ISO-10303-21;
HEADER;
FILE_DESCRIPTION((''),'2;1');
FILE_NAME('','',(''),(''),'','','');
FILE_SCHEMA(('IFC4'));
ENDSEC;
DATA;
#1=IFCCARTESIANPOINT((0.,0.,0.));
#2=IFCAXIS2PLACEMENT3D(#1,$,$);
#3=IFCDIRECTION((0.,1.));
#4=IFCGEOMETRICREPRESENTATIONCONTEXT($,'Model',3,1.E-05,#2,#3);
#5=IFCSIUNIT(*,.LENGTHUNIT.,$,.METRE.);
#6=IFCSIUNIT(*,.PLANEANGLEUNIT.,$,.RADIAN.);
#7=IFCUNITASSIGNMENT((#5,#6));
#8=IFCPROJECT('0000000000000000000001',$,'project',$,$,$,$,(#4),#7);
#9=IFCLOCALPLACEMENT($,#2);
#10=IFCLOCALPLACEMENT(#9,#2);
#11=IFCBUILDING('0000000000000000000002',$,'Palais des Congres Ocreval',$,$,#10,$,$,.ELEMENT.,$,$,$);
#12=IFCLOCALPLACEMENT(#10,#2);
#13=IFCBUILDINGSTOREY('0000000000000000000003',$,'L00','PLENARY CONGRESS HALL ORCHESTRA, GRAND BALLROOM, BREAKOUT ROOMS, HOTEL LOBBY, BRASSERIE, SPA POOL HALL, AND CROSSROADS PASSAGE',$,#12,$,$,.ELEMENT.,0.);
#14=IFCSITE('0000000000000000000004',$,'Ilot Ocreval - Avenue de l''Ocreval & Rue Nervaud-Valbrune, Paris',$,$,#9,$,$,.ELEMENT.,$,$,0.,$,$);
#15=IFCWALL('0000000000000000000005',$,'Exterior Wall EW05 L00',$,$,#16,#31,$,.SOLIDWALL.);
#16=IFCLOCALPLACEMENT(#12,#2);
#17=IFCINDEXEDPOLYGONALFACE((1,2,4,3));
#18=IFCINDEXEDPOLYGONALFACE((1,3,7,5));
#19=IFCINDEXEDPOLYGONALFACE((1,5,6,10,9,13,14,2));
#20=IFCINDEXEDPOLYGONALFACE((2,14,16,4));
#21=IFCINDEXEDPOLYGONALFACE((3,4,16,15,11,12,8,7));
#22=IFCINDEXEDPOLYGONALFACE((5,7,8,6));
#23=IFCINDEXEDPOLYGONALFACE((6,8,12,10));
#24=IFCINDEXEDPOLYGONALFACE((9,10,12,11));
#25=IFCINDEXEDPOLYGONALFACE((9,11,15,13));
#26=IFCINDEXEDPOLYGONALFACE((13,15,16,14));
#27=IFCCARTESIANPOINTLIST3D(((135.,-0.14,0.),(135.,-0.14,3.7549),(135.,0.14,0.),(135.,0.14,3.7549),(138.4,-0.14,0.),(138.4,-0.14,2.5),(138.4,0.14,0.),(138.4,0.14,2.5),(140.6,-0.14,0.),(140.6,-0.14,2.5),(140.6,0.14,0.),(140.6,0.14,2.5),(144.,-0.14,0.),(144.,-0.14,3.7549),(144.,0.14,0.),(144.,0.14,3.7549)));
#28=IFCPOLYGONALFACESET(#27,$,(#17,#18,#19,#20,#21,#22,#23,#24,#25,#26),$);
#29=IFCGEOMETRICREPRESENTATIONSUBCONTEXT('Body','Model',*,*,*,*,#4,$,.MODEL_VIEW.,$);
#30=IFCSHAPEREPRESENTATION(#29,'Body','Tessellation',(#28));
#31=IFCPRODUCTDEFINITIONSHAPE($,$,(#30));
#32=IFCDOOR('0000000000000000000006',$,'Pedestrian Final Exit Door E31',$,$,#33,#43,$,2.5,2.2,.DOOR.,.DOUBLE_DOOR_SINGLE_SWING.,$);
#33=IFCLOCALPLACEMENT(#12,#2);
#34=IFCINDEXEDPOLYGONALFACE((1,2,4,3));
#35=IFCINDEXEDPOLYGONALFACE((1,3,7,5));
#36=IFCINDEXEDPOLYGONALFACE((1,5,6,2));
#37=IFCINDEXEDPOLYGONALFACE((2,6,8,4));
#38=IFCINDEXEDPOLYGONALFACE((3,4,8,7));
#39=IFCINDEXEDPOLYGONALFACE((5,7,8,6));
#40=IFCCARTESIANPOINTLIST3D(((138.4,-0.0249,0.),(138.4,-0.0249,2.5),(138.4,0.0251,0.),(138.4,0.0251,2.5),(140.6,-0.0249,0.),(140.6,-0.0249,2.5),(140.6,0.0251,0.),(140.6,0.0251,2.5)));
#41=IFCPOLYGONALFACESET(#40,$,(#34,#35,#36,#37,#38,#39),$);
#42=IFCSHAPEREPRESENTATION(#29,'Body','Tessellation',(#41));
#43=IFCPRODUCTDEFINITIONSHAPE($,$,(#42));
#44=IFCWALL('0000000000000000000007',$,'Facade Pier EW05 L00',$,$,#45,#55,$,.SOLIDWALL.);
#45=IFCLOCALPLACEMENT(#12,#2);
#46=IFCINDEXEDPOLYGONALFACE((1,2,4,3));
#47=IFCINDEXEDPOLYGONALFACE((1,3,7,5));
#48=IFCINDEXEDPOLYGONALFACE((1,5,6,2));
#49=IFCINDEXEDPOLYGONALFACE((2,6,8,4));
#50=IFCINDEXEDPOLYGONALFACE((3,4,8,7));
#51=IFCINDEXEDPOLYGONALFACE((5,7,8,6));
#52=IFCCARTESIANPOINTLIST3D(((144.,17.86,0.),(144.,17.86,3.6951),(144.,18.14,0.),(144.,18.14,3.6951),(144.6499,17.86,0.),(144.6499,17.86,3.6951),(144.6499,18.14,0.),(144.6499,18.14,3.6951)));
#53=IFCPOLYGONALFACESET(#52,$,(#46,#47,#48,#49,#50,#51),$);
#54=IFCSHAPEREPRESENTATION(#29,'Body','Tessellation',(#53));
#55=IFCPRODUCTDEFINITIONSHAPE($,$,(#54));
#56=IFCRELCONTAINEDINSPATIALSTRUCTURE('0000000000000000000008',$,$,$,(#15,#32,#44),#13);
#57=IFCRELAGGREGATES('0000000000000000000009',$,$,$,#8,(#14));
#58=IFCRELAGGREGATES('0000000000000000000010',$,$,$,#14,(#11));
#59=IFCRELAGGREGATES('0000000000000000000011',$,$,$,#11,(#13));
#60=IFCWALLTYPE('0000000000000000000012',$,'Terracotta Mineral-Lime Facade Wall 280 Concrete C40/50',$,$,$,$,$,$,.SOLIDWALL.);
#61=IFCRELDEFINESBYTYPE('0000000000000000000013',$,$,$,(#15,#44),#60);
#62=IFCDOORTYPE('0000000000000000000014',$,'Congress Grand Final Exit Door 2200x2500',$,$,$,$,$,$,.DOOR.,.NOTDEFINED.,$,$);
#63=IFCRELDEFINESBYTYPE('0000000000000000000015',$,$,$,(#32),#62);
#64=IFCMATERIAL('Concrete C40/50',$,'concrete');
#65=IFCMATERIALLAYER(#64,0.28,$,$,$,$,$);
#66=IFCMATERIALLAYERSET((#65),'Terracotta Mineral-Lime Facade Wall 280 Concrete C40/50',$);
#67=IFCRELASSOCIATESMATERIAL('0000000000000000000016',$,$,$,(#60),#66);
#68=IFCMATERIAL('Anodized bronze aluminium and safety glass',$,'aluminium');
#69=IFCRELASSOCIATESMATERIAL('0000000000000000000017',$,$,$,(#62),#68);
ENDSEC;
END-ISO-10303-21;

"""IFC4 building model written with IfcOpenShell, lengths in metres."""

from ifc_helpers import new_model, si_unit, direction, frame, frame_2d, origin, place, context, subcontext, project, spatial, rectangle, extrude, material, layer, layer_set, type_object, element, fill, save


model = new_model("IFC4")

# Units and contexts
model_context = context("Model", 3, precision=1e-05, world=origin(), true_north=direction((0.0, 1.0)))
body_context = subcontext(model_context, "Body", "Model", "MODEL_VIEW")
ifc_project = project(units=[si_unit("LENGTHUNIT", "METRE"), si_unit("PLANEANGLEUNIT", "RADIAN")], contexts=[model_context])

# Site, building, storey
site_placement = place(None, origin())
site = spatial("IfcSite", under=ifc_project, at=site_placement, Name="Ilot Ocreval - Avenue de l'Ocreval & Rue Nervaud-Valbrune, Paris", CompositionType="ELEMENT", RefElevation=0.0)
building_placement = place(site_placement, origin())
building = spatial("IfcBuilding", under=site, at=building_placement, Name="Palais des Congres Ocreval", CompositionType="ELEMENT")
storey_placement = place(building_placement, origin())
storey = spatial("IfcBuildingStorey", under=building, at=storey_placement, Name="L00", Description="PLENARY CONGRESS HALL ORCHESTRA, GRAND BALLROOM, BREAKOUT ROOMS, HOTEL LOBBY, BRASSERIE, SPA POOL HALL, AND CROSSROADS PASSAGE", CompositionType="ELEMENT", Elevation=0.0)

# Shared definitions
ifc_material_1 = material(Name="Concrete C40/50", Category="concrete")
ifc_layer_1 = layer(ifc_material_1, 0.28)
ifc_layer_set_1 = layer_set([ifc_layer_1], Name="Terracotta Mineral-Lime Facade Wall 280 Concrete C40/50")
wall_type_1 = type_object("IfcWallType", Name="Terracotta Mineral-Lime Facade Wall 280 Concrete C40/50", PredefinedType="SOLIDWALL", material=ifc_layer_set_1)

# Wall, opening, door
wall_1_placement = place(storey_placement, frame((144.0, 0.0, 0.0), z_axis=(0.0, 0.0, 1.0), x_axis=(-1.0, 0.0, 0.0)))
wall_1 = element("IfcWall", 1, at=wall_1_placement, inside=storey, type_object=wall_type_1, Name="Exterior Wall EW05 L00", PredefinedType="SOLIDWALL", context=body_context, shape_type="SweptSolid", body=[
    extrude(rectangle(XDim=9.0, YDim=0.28, at=frame_2d((4.5, 0.0))), origin(), (0.0, 0.0, 1.0), 3.7549),
])
opening_1_placement = place(wall_1_placement, frame((3.3999, 0.0, 0.0)))
opening_1 = element("IfcOpeningElement", 2, at=opening_1_placement, cuts=wall_1, PredefinedType="OPENING", context=body_context, shape_type="SweptSolid", body=[
    extrude(rectangle(XDim=2.2, YDim=2.5, at=frame_2d((1.1001, 1.25))), frame((0.0, 0.1499, 0.0), z_axis=(0.0, -1.0, 0.0), x_axis=(1.0, 0.0, 0.0)), (0.0, 0.0, 1.0), 0.3),
])
ifc_material_2 = material(Name="Anodized bronze aluminium and safety glass", Category="aluminium")
door_type_1 = type_object("IfcDoorType", Name="Congress Grand Final Exit Door 2200x2500", OperationType="NOTDEFINED", PredefinedType="DOOR", material=ifc_material_2)
door_1_placement = place(opening_1_placement, origin())
door_1 = element("IfcDoor", 3, at=door_1_placement, inside=storey, type_object=door_type_1, Name="Pedestrian Final Exit Door E31", OperationType="DOUBLE_DOOR_SINGLE_SWING", OverallHeight=2.5, OverallWidth=2.2, PredefinedType="DOOR", context=body_context, shape_type="SweptSolid", body=[
    extrude(rectangle(XDim=2.2, YDim=2.5, at=frame_2d((1.1001, 1.25))), frame((0.0, 0.0249, 0.0), z_axis=(0.0, -1.0, 0.0), x_axis=(1.0, 0.0, 0.0)), (0.0, 0.0, 1.0), 0.05),
])
fill(opening_1, door_1)

# Wall
wall_2_placement = place(storey_placement, frame((144.0, 18.0, 0.0), z_axis=(0.0, 0.0, 1.0), x_axis=(1.0, 0.0, 0.0)))
element("IfcWall", 4, at=wall_2_placement, inside=storey, type_object=wall_type_1, Name="Facade Pier EW05 L00", PredefinedType="SOLIDWALL", context=body_context, shape_type="SweptSolid", body=[
    extrude(rectangle(XDim=0.6499, YDim=0.28, at=frame_2d((0.325, 0.0))), origin(), (0.0, 0.0, 1.0), 3.6951),
])

save(model, "model.ifc")
